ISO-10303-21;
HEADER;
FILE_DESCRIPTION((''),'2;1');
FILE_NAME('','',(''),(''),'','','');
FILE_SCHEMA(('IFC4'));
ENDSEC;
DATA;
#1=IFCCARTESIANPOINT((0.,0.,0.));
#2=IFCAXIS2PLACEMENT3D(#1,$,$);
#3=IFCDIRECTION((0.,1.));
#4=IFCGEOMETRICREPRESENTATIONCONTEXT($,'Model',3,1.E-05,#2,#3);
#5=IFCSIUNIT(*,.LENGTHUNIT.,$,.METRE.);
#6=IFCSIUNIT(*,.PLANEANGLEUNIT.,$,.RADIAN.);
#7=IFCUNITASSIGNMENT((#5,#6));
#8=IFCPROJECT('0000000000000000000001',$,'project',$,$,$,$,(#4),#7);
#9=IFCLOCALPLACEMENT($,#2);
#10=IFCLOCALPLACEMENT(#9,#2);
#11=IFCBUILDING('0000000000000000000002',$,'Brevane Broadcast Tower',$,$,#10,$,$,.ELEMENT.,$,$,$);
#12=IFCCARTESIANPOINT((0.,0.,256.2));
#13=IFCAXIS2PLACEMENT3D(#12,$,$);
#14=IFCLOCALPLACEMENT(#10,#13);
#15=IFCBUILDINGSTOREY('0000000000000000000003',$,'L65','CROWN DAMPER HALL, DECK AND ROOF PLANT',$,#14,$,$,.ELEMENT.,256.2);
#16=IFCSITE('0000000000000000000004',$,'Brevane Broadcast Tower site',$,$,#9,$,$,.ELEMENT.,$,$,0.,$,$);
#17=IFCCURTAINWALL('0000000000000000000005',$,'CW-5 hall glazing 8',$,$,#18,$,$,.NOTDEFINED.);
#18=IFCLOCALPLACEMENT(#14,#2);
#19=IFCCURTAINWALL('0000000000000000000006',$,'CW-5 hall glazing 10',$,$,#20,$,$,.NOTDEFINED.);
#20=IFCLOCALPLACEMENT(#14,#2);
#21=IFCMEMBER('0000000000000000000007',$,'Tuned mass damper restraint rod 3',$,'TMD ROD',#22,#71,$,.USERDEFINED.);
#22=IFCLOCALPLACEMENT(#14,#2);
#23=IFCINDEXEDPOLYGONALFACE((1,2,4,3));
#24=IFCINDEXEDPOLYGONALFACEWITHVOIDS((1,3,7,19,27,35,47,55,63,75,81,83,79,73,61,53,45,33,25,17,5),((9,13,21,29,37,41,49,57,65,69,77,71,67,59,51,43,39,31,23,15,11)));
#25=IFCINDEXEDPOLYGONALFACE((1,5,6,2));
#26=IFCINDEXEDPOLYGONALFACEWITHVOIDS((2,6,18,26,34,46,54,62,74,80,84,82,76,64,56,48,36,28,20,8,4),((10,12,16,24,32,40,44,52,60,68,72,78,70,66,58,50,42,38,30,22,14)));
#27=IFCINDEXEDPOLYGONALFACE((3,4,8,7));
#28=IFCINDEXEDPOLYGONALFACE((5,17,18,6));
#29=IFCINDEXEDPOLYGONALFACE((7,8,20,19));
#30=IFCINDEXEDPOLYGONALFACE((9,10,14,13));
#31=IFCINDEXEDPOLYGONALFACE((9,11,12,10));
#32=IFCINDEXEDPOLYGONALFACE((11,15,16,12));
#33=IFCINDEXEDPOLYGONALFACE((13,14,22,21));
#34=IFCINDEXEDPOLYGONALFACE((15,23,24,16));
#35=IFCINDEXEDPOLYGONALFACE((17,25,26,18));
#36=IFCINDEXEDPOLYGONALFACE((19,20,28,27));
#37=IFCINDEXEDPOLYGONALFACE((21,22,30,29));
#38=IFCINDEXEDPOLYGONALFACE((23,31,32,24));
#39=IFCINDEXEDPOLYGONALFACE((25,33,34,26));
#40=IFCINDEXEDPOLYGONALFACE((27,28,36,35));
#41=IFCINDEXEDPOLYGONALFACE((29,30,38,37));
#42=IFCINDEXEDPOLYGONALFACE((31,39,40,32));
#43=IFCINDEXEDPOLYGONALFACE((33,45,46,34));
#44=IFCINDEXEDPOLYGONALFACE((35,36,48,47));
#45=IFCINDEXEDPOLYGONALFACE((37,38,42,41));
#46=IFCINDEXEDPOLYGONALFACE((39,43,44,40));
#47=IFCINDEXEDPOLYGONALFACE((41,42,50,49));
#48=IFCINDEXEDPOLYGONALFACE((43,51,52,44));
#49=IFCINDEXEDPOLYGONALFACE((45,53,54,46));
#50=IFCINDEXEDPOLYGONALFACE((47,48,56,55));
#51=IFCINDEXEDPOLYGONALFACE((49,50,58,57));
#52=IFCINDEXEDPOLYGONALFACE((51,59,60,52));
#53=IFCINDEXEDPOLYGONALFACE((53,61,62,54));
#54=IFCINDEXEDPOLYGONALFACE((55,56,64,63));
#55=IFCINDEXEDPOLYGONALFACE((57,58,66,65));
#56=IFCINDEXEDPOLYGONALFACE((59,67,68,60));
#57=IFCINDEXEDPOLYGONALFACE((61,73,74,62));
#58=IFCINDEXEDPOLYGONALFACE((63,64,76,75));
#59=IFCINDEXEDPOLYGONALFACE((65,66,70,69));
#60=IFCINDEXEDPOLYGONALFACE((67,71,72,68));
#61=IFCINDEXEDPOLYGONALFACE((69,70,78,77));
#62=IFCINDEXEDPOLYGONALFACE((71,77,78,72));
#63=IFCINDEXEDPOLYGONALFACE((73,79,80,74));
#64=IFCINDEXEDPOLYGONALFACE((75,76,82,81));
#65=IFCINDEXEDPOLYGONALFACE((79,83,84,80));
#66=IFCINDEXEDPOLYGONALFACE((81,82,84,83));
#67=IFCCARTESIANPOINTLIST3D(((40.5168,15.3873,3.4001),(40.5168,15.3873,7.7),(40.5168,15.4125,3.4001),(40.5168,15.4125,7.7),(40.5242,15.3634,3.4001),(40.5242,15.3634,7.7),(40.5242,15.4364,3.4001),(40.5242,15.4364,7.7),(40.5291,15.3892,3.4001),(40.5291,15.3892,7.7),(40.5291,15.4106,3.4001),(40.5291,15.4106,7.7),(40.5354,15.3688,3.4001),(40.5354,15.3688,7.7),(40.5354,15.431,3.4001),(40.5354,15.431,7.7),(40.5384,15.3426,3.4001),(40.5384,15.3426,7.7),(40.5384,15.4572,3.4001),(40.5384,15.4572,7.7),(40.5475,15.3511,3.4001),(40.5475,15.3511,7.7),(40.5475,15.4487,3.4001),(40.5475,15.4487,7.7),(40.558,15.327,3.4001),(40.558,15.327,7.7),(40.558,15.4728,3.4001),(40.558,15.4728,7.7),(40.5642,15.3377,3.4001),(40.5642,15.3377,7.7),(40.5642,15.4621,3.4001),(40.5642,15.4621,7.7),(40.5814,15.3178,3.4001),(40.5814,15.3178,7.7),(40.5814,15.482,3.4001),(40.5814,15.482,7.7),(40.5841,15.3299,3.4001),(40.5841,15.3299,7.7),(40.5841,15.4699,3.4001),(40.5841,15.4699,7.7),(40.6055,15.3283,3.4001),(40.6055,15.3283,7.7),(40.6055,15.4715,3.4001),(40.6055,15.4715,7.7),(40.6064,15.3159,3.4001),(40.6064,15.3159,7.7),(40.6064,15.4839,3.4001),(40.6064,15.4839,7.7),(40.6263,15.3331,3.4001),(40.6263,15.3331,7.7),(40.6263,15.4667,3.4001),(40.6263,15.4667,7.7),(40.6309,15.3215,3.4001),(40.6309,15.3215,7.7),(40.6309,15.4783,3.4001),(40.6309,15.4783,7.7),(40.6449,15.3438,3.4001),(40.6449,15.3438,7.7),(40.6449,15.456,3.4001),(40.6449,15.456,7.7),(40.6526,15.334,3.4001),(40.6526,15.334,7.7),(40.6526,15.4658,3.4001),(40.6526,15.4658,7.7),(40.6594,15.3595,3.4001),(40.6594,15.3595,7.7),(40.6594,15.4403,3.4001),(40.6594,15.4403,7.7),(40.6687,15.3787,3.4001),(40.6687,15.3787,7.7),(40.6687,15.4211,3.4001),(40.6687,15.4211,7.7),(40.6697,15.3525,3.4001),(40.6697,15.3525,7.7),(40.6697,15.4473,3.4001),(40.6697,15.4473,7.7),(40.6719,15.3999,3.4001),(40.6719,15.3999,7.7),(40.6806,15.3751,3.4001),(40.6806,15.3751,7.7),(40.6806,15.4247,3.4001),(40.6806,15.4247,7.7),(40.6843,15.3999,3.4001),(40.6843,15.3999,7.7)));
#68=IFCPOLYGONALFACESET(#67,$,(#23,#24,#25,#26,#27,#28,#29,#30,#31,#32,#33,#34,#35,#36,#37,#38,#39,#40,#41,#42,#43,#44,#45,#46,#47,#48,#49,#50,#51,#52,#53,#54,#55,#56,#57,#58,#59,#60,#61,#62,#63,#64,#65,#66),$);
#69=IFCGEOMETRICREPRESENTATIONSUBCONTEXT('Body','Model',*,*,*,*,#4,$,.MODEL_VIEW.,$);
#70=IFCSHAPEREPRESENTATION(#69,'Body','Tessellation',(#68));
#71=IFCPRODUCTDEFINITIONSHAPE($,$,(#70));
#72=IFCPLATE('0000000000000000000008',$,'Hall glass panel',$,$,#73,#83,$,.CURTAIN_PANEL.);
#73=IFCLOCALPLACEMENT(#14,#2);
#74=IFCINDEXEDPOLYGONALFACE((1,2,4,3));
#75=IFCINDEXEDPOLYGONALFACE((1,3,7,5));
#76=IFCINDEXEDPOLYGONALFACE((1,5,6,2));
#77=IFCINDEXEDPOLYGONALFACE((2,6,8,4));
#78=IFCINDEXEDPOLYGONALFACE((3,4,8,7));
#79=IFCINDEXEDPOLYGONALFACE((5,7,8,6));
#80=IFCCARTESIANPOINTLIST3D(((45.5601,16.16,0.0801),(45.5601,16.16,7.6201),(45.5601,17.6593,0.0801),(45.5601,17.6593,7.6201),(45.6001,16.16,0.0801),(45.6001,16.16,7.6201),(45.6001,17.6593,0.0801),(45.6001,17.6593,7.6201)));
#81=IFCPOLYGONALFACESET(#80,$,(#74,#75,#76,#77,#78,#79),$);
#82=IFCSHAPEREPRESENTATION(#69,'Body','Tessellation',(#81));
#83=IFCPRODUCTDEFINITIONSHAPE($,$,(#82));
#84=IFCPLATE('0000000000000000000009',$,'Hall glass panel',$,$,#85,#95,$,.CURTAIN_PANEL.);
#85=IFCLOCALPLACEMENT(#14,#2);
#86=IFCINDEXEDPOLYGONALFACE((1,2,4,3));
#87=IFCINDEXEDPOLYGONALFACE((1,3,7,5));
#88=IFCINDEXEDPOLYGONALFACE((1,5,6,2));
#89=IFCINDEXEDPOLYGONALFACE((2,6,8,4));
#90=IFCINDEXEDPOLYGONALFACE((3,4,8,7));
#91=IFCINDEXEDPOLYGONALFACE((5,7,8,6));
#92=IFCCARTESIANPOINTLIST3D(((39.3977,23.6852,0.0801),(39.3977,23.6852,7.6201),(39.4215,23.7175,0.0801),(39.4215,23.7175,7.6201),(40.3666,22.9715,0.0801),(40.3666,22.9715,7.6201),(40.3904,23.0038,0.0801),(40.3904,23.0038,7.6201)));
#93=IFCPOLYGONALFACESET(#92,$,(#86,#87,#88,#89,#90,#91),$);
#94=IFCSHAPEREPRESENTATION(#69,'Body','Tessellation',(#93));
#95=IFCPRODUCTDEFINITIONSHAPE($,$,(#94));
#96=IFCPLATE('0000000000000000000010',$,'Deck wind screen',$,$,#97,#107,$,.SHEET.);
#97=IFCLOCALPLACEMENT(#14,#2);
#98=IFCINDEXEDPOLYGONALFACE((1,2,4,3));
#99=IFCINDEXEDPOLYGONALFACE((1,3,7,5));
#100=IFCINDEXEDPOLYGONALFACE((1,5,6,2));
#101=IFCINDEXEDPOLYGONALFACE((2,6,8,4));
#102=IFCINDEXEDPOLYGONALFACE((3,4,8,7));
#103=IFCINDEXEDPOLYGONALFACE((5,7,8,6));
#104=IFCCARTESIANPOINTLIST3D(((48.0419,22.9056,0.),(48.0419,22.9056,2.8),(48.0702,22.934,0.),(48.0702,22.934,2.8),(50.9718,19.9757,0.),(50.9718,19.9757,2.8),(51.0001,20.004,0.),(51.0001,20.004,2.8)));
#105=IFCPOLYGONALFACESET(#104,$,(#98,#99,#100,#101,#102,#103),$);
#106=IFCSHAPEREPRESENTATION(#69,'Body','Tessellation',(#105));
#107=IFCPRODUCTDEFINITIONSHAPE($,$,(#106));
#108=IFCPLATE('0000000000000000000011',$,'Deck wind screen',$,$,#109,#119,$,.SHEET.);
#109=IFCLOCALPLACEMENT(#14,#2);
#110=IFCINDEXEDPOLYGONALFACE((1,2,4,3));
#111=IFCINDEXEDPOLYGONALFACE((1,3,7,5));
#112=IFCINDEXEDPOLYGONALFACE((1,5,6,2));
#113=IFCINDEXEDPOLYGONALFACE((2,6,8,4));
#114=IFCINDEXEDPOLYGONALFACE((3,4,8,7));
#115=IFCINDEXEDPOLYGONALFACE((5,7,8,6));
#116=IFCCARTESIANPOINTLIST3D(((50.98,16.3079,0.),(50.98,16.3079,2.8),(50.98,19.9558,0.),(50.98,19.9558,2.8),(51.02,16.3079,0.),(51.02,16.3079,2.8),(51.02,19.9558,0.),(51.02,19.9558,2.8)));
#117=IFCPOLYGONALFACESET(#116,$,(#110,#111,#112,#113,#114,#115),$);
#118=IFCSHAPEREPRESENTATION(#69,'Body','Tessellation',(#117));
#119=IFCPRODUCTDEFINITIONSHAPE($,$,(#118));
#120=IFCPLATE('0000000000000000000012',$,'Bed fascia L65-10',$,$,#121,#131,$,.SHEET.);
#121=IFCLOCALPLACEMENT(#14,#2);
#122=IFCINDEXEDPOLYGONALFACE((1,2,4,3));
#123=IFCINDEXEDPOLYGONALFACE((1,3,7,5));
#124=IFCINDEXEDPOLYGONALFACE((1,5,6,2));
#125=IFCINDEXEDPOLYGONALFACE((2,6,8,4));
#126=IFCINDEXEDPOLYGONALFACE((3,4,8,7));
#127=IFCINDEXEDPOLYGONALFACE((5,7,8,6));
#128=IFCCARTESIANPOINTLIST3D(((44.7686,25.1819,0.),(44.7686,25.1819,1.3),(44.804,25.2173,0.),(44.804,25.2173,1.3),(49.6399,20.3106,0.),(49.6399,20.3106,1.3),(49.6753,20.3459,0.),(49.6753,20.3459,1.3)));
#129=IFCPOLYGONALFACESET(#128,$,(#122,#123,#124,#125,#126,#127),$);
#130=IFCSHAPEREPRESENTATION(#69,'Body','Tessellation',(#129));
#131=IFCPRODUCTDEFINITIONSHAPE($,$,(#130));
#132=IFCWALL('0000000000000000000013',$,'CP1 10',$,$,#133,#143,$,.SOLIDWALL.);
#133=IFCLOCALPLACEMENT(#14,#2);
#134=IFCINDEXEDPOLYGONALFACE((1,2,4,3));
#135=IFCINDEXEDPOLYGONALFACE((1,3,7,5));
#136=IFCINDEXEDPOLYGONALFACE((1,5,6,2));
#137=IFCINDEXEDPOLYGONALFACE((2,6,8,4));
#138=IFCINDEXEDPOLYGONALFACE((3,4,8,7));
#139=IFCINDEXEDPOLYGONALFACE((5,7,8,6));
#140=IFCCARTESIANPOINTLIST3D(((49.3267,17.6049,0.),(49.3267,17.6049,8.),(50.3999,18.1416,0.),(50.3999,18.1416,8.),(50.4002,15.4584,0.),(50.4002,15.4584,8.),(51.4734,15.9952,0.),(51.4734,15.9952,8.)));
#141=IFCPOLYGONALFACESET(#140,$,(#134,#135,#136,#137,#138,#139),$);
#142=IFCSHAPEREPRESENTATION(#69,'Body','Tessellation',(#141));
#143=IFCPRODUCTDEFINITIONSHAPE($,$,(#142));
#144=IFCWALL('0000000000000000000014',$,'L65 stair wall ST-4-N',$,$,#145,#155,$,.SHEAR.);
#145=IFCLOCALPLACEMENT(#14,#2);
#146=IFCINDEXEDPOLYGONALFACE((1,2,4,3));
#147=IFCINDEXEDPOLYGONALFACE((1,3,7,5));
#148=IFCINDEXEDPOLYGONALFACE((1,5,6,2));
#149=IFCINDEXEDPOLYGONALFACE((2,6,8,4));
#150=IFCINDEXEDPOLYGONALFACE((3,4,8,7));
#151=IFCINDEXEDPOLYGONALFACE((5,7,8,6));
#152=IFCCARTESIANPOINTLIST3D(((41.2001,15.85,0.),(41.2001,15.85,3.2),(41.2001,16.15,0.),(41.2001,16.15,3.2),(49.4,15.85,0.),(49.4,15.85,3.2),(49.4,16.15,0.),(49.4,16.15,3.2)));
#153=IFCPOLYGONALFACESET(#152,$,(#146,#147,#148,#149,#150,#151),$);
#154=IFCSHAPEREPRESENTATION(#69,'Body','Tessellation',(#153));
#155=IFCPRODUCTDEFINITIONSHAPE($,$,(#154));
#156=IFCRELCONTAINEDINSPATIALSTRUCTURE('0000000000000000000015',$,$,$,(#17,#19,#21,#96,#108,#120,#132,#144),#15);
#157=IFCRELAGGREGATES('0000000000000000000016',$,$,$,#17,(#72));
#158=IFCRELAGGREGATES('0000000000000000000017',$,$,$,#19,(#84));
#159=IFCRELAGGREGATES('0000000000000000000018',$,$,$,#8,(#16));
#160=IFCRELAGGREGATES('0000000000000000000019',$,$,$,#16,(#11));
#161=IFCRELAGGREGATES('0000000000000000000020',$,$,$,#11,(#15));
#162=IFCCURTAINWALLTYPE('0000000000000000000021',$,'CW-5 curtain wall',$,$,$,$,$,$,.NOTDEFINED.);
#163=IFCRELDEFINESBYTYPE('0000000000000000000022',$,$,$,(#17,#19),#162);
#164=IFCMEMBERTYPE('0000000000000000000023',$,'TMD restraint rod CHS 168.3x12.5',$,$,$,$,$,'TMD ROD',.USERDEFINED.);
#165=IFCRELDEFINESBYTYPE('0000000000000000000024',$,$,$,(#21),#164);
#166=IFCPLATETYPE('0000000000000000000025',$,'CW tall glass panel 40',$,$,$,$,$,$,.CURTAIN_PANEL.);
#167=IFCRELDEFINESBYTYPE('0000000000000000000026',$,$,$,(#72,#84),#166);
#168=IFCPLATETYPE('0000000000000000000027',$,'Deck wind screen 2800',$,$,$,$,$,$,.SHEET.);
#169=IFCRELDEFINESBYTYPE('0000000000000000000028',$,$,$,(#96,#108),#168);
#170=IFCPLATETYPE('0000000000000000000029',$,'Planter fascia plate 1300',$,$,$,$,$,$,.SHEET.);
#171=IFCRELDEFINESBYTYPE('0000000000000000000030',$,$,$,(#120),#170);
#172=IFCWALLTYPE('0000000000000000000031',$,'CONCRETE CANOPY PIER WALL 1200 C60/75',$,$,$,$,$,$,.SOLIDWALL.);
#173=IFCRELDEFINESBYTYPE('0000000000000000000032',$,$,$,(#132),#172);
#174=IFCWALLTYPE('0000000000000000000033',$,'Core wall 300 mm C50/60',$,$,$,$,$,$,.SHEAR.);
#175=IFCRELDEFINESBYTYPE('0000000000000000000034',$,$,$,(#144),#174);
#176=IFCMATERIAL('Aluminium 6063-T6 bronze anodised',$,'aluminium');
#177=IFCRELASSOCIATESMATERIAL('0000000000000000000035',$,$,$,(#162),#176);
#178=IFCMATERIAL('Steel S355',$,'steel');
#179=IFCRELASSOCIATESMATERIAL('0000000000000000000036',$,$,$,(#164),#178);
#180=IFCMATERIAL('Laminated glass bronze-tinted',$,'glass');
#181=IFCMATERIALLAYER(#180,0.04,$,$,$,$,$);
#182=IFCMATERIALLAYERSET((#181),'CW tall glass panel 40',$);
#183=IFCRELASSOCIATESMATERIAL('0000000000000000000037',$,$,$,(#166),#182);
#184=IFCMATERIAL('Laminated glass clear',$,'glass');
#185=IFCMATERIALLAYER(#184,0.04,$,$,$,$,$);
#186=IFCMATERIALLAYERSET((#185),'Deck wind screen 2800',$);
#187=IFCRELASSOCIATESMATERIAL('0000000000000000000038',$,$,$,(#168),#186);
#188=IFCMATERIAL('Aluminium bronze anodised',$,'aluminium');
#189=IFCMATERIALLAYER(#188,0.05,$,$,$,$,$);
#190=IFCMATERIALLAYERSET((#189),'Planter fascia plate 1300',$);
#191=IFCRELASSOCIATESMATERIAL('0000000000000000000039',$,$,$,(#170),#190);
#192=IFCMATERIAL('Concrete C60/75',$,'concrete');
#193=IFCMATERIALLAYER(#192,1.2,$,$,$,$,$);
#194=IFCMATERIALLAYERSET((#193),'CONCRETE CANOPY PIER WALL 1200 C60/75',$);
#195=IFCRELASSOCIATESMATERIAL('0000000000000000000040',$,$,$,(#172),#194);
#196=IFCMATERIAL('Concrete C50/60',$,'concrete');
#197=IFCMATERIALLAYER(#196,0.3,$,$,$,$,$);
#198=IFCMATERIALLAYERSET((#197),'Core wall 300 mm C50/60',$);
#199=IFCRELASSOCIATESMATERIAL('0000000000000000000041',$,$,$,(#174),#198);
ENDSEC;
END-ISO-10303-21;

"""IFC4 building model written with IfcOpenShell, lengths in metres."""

from ifc_helpers import new_model, si_unit, direction, frame, frame_2d, origin, origin_2d, place, context, subcontext, project, spatial, polyline, rectangle, hollow_circle, outline, extrude, material, layer, layer_set, material_profile, profile_set, type_object, element, aggregate, save


model = new_model("IFC4")

# Units and contexts
model_context = context("Model", 3, precision=1e-05, world=origin(), true_north=direction((0.0, 1.0)))
body_context = subcontext(model_context, "Body", "Model", "MODEL_VIEW")
ifc_project = project(units=[si_unit("LENGTHUNIT", "METRE"), si_unit("PLANEANGLEUNIT", "RADIAN")], contexts=[model_context])

# Site, building, storey
site_placement = place(None, origin())
site = spatial("IfcSite", under=ifc_project, at=site_placement, Name="Brevane Broadcast Tower site", CompositionType="ELEMENT", RefElevation=0.0)
building_placement = place(site_placement, origin())
building = spatial("IfcBuilding", under=site, at=building_placement, Name="Brevane Broadcast Tower", CompositionType="ELEMENT")
storey_placement = place(building_placement, frame((0.0, 0.0, 256.2)))
storey = spatial("IfcBuildingStorey", under=building, at=storey_placement, Name="L65", Description="CROWN DAMPER HALL, DECK AND ROOF PLANT", CompositionType="ELEMENT", Elevation=256.2)

# Shared definitions
ifc_material_1 = material(Name="Steel S355", Category="steel")

# Curtain walls
ifc_material_2 = material(Name="Aluminium 6063-T6 bronze anodised", Category="aluminium")
curtain_wall_type = type_object("IfcCurtainWallType", Name="CW-5 curtain wall", PredefinedType="NOTDEFINED", material=ifc_material_2)
curtain_wall_1_placement = place(storey_placement, origin())
curtain_wall_1 = element("IfcCurtainWall", 1, at=curtain_wall_1_placement, inside=storey, type_object=curtain_wall_type, Name="CW-5 hall glazing 8", PredefinedType="NOTDEFINED")
curtain_wall_2_placement = place(storey_placement, origin())
curtain_wall_2 = element("IfcCurtainWall", 2, at=curtain_wall_2_placement, inside=storey, type_object=curtain_wall_type, Name="CW-5 hall glazing 10", PredefinedType="NOTDEFINED")

# Member
ifc_material_profile_1 = material_profile(ifc_material_1, hollow_circle(Radius=0.0842, WallThickness=0.0125, at=origin_2d()), Name="CHS 168.3x12.5")
ifc_profile_set_1 = profile_set([ifc_material_profile_1], Name="Steel S355")
member_type_1 = type_object("IfcMemberType", Name="TMD restraint rod CHS 168.3x12.5", ElementType="TMD ROD", PredefinedType="USERDEFINED", material=ifc_profile_set_1)
member_1_placement = place(storey_placement, frame((40.6001, 15.3999, 3.4001), z_axis=(0.0, 0.0, 1.0), x_axis=(1.0, 0.0, 0.0)))
element("IfcMember", 3, at=member_1_placement, inside=storey, type_object=member_type_1, Name="Tuned mass damper restraint rod 3", ObjectType="TMD ROD", PredefinedType="USERDEFINED", context=body_context, shape_type="SweptSolid", body=[
    extrude(hollow_circle(Radius=0.0842, WallThickness=0.0125, at=origin_2d()), origin(), (0.0, 0.0, 1.0), 4.2998),
])

# Plates
ifc_material_3 = material(Name="Laminated glass bronze-tinted", Category="glass")
ifc_layer_1 = layer(ifc_material_3, 0.04)
ifc_layer_set_1 = layer_set([ifc_layer_1], Name="CW tall glass panel 40")
plate_type_1 = type_object("IfcPlateType", Name="CW tall glass panel 40", PredefinedType="CURTAIN_PANEL", material=ifc_layer_set_1)
plate_1_placement = place(storey_placement, frame((45.5801, 16.9097, 0.0801), z_axis=(0.0, 0.0, 1.0), x_axis=(0.0, 1.0, 0.0)))
plate_1 = element("IfcPlate", 4, at=plate_1_placement, type_object=plate_type_1, Name="Hall glass panel", PredefinedType="CURTAIN_PANEL", context=body_context, shape_type="SweptSolid", body=[
    extrude(rectangle(XDim=1.4993, YDim=0.04, at=origin_2d()), origin(), (0.0, 0.0, 1.0), 7.54),
])
aggregate(curtain_wall_1, [plate_1])
plate_2_placement = place(storey_placement, frame((39.894, 23.3445, 0.0801), z_axis=(0.0, 0.0, 1.0), x_axis=(-0.80514, 0.593085, 0.0)))
plate_2 = element("IfcPlate", 5, at=plate_2_placement, type_object=plate_type_1, Name="Hall glass panel", PredefinedType="CURTAIN_PANEL", context=body_context, shape_type="SweptSolid", body=[
    extrude(rectangle(XDim=1.2034, YDim=0.04, at=origin_2d()), origin(), (0.0, 0.0, 1.0), 7.54),
])
aggregate(curtain_wall_2, [plate_2])

# Plates
ifc_material_4 = material(Name="Laminated glass clear", Category="glass")
ifc_layer_2 = layer(ifc_material_4, 0.04)
ifc_layer_set_2 = layer_set([ifc_layer_2], Name="Deck wind screen 2800")
plate_type_2 = type_object("IfcPlateType", Name="Deck wind screen 2800", PredefinedType="SHEET", material=ifc_layer_set_2)
plate_3_placement = place(storey_placement, frame((49.521, 21.4548, 0.0), z_axis=(0.0, 0.0, 1.0), x_axis=(0.707107, -0.707107, 0.0)))
element("IfcPlate", 6, at=plate_3_placement, inside=storey, type_object=plate_type_2, Name="Deck wind screen", PredefinedType="SHEET", context=body_context, shape_type="SweptSolid", body=[
    extrude(rectangle(XDim=4.1436, YDim=0.04, at=origin_2d()), origin(), (0.0, 0.0, 1.0), 2.8),
])
plate_4_placement = place(storey_placement, frame((51.0, 18.1318, 0.0), z_axis=(0.0, 0.0, 1.0), x_axis=(0.0, -1.0, 0.0)))
element("IfcPlate", 7, at=plate_4_placement, inside=storey, type_object=plate_type_2, Name="Deck wind screen", PredefinedType="SHEET", context=body_context, shape_type="SweptSolid", body=[
    extrude(rectangle(XDim=3.6479, YDim=0.04, at=origin_2d()), origin(), (0.0, 0.0, 1.0), 2.8),
])
ifc_material_5 = material(Name="Aluminium bronze anodised", Category="aluminium")
ifc_layer_3 = layer(ifc_material_5, 0.05)
ifc_layer_set_3 = layer_set([ifc_layer_3], Name="Planter fascia plate 1300")
plate_type_3 = type_object("IfcPlateType", Name="Planter fascia plate 1300", PredefinedType="SHEET", material=ifc_layer_set_3)
plate_5_placement = place(storey_placement, frame((49.6753, 20.3459, 0.0), z_axis=(0.707107, 0.707107, 0.0), x_axis=(-0.707107, 0.707107, 0.0)))
element("IfcPlate", 8, at=plate_5_placement, inside=storey, type_object=plate_type_3, Name="Bed fascia L65-10", PredefinedType="SHEET", context=body_context, shape_type="SweptSolid", body=[
    extrude(outline(polyline([(0.0, 0.0), (6.8891, 0.0), (6.8891, 1.3), (0.0, 1.3), (0.0, 0.0)])), origin(), (0.0, 0.0, -1.0), 0.05),
])

# Walls
ifc_material_6 = material(Name="Concrete C60/75", Category="concrete")
ifc_layer_4 = layer(ifc_material_6, 1.2)
ifc_layer_set_4 = layer_set([ifc_layer_4], Name="CONCRETE CANOPY PIER WALL 1200 C60/75")
wall_type_1 = type_object("IfcWallType", Name="CONCRETE CANOPY PIER WALL 1200 C60/75", PredefinedType="SOLIDWALL", material=ifc_layer_set_4)
wall_1_placement = place(storey_placement, frame((50.9368, 15.7268, 0.0), z_axis=(0.0, 0.0, 1.0), x_axis=(-0.447295, 0.894386, 0.0)))
element("IfcWall", 9, at=wall_1_placement, inside=storey, type_object=wall_type_1, Name="CP1 10", PredefinedType="SOLIDWALL", context=body_context, shape_type="SweptSolid", body=[
    extrude(rectangle(XDim=2.3999, YDim=1.2, at=frame_2d((1.2, 0.0))), origin(), (0.0, 0.0, 1.0), 8.0),
])
ifc_material_7 = material(Name="Concrete C50/60", Category="concrete")
ifc_layer_5 = layer(ifc_material_7, 0.3)
ifc_layer_set_5 = layer_set([ifc_layer_5], Name="Core wall 300 mm C50/60")
wall_type_2 = type_object("IfcWallType", Name="Core wall 300 mm C50/60", PredefinedType="SHEAR", material=ifc_layer_set_5)
wall_2_placement = place(storey_placement, frame((41.2, 16.0, 0.0), z_axis=(0.0, 0.0, 1.0), x_axis=(1.0, 0.0, 0.0)))
element("IfcWall", 10, at=wall_2_placement, inside=storey, type_object=wall_type_2, Name="L65 stair wall ST-4-N", PredefinedType="SHEAR", context=body_context, shape_type="SweptSolid", body=[
    extrude(rectangle(XDim=8.2, YDim=0.3, at=frame_2d((4.1001, 0.0))), origin(), (0.0, 0.0, 1.0), 3.2),
])

save(model, "model.ifc")
